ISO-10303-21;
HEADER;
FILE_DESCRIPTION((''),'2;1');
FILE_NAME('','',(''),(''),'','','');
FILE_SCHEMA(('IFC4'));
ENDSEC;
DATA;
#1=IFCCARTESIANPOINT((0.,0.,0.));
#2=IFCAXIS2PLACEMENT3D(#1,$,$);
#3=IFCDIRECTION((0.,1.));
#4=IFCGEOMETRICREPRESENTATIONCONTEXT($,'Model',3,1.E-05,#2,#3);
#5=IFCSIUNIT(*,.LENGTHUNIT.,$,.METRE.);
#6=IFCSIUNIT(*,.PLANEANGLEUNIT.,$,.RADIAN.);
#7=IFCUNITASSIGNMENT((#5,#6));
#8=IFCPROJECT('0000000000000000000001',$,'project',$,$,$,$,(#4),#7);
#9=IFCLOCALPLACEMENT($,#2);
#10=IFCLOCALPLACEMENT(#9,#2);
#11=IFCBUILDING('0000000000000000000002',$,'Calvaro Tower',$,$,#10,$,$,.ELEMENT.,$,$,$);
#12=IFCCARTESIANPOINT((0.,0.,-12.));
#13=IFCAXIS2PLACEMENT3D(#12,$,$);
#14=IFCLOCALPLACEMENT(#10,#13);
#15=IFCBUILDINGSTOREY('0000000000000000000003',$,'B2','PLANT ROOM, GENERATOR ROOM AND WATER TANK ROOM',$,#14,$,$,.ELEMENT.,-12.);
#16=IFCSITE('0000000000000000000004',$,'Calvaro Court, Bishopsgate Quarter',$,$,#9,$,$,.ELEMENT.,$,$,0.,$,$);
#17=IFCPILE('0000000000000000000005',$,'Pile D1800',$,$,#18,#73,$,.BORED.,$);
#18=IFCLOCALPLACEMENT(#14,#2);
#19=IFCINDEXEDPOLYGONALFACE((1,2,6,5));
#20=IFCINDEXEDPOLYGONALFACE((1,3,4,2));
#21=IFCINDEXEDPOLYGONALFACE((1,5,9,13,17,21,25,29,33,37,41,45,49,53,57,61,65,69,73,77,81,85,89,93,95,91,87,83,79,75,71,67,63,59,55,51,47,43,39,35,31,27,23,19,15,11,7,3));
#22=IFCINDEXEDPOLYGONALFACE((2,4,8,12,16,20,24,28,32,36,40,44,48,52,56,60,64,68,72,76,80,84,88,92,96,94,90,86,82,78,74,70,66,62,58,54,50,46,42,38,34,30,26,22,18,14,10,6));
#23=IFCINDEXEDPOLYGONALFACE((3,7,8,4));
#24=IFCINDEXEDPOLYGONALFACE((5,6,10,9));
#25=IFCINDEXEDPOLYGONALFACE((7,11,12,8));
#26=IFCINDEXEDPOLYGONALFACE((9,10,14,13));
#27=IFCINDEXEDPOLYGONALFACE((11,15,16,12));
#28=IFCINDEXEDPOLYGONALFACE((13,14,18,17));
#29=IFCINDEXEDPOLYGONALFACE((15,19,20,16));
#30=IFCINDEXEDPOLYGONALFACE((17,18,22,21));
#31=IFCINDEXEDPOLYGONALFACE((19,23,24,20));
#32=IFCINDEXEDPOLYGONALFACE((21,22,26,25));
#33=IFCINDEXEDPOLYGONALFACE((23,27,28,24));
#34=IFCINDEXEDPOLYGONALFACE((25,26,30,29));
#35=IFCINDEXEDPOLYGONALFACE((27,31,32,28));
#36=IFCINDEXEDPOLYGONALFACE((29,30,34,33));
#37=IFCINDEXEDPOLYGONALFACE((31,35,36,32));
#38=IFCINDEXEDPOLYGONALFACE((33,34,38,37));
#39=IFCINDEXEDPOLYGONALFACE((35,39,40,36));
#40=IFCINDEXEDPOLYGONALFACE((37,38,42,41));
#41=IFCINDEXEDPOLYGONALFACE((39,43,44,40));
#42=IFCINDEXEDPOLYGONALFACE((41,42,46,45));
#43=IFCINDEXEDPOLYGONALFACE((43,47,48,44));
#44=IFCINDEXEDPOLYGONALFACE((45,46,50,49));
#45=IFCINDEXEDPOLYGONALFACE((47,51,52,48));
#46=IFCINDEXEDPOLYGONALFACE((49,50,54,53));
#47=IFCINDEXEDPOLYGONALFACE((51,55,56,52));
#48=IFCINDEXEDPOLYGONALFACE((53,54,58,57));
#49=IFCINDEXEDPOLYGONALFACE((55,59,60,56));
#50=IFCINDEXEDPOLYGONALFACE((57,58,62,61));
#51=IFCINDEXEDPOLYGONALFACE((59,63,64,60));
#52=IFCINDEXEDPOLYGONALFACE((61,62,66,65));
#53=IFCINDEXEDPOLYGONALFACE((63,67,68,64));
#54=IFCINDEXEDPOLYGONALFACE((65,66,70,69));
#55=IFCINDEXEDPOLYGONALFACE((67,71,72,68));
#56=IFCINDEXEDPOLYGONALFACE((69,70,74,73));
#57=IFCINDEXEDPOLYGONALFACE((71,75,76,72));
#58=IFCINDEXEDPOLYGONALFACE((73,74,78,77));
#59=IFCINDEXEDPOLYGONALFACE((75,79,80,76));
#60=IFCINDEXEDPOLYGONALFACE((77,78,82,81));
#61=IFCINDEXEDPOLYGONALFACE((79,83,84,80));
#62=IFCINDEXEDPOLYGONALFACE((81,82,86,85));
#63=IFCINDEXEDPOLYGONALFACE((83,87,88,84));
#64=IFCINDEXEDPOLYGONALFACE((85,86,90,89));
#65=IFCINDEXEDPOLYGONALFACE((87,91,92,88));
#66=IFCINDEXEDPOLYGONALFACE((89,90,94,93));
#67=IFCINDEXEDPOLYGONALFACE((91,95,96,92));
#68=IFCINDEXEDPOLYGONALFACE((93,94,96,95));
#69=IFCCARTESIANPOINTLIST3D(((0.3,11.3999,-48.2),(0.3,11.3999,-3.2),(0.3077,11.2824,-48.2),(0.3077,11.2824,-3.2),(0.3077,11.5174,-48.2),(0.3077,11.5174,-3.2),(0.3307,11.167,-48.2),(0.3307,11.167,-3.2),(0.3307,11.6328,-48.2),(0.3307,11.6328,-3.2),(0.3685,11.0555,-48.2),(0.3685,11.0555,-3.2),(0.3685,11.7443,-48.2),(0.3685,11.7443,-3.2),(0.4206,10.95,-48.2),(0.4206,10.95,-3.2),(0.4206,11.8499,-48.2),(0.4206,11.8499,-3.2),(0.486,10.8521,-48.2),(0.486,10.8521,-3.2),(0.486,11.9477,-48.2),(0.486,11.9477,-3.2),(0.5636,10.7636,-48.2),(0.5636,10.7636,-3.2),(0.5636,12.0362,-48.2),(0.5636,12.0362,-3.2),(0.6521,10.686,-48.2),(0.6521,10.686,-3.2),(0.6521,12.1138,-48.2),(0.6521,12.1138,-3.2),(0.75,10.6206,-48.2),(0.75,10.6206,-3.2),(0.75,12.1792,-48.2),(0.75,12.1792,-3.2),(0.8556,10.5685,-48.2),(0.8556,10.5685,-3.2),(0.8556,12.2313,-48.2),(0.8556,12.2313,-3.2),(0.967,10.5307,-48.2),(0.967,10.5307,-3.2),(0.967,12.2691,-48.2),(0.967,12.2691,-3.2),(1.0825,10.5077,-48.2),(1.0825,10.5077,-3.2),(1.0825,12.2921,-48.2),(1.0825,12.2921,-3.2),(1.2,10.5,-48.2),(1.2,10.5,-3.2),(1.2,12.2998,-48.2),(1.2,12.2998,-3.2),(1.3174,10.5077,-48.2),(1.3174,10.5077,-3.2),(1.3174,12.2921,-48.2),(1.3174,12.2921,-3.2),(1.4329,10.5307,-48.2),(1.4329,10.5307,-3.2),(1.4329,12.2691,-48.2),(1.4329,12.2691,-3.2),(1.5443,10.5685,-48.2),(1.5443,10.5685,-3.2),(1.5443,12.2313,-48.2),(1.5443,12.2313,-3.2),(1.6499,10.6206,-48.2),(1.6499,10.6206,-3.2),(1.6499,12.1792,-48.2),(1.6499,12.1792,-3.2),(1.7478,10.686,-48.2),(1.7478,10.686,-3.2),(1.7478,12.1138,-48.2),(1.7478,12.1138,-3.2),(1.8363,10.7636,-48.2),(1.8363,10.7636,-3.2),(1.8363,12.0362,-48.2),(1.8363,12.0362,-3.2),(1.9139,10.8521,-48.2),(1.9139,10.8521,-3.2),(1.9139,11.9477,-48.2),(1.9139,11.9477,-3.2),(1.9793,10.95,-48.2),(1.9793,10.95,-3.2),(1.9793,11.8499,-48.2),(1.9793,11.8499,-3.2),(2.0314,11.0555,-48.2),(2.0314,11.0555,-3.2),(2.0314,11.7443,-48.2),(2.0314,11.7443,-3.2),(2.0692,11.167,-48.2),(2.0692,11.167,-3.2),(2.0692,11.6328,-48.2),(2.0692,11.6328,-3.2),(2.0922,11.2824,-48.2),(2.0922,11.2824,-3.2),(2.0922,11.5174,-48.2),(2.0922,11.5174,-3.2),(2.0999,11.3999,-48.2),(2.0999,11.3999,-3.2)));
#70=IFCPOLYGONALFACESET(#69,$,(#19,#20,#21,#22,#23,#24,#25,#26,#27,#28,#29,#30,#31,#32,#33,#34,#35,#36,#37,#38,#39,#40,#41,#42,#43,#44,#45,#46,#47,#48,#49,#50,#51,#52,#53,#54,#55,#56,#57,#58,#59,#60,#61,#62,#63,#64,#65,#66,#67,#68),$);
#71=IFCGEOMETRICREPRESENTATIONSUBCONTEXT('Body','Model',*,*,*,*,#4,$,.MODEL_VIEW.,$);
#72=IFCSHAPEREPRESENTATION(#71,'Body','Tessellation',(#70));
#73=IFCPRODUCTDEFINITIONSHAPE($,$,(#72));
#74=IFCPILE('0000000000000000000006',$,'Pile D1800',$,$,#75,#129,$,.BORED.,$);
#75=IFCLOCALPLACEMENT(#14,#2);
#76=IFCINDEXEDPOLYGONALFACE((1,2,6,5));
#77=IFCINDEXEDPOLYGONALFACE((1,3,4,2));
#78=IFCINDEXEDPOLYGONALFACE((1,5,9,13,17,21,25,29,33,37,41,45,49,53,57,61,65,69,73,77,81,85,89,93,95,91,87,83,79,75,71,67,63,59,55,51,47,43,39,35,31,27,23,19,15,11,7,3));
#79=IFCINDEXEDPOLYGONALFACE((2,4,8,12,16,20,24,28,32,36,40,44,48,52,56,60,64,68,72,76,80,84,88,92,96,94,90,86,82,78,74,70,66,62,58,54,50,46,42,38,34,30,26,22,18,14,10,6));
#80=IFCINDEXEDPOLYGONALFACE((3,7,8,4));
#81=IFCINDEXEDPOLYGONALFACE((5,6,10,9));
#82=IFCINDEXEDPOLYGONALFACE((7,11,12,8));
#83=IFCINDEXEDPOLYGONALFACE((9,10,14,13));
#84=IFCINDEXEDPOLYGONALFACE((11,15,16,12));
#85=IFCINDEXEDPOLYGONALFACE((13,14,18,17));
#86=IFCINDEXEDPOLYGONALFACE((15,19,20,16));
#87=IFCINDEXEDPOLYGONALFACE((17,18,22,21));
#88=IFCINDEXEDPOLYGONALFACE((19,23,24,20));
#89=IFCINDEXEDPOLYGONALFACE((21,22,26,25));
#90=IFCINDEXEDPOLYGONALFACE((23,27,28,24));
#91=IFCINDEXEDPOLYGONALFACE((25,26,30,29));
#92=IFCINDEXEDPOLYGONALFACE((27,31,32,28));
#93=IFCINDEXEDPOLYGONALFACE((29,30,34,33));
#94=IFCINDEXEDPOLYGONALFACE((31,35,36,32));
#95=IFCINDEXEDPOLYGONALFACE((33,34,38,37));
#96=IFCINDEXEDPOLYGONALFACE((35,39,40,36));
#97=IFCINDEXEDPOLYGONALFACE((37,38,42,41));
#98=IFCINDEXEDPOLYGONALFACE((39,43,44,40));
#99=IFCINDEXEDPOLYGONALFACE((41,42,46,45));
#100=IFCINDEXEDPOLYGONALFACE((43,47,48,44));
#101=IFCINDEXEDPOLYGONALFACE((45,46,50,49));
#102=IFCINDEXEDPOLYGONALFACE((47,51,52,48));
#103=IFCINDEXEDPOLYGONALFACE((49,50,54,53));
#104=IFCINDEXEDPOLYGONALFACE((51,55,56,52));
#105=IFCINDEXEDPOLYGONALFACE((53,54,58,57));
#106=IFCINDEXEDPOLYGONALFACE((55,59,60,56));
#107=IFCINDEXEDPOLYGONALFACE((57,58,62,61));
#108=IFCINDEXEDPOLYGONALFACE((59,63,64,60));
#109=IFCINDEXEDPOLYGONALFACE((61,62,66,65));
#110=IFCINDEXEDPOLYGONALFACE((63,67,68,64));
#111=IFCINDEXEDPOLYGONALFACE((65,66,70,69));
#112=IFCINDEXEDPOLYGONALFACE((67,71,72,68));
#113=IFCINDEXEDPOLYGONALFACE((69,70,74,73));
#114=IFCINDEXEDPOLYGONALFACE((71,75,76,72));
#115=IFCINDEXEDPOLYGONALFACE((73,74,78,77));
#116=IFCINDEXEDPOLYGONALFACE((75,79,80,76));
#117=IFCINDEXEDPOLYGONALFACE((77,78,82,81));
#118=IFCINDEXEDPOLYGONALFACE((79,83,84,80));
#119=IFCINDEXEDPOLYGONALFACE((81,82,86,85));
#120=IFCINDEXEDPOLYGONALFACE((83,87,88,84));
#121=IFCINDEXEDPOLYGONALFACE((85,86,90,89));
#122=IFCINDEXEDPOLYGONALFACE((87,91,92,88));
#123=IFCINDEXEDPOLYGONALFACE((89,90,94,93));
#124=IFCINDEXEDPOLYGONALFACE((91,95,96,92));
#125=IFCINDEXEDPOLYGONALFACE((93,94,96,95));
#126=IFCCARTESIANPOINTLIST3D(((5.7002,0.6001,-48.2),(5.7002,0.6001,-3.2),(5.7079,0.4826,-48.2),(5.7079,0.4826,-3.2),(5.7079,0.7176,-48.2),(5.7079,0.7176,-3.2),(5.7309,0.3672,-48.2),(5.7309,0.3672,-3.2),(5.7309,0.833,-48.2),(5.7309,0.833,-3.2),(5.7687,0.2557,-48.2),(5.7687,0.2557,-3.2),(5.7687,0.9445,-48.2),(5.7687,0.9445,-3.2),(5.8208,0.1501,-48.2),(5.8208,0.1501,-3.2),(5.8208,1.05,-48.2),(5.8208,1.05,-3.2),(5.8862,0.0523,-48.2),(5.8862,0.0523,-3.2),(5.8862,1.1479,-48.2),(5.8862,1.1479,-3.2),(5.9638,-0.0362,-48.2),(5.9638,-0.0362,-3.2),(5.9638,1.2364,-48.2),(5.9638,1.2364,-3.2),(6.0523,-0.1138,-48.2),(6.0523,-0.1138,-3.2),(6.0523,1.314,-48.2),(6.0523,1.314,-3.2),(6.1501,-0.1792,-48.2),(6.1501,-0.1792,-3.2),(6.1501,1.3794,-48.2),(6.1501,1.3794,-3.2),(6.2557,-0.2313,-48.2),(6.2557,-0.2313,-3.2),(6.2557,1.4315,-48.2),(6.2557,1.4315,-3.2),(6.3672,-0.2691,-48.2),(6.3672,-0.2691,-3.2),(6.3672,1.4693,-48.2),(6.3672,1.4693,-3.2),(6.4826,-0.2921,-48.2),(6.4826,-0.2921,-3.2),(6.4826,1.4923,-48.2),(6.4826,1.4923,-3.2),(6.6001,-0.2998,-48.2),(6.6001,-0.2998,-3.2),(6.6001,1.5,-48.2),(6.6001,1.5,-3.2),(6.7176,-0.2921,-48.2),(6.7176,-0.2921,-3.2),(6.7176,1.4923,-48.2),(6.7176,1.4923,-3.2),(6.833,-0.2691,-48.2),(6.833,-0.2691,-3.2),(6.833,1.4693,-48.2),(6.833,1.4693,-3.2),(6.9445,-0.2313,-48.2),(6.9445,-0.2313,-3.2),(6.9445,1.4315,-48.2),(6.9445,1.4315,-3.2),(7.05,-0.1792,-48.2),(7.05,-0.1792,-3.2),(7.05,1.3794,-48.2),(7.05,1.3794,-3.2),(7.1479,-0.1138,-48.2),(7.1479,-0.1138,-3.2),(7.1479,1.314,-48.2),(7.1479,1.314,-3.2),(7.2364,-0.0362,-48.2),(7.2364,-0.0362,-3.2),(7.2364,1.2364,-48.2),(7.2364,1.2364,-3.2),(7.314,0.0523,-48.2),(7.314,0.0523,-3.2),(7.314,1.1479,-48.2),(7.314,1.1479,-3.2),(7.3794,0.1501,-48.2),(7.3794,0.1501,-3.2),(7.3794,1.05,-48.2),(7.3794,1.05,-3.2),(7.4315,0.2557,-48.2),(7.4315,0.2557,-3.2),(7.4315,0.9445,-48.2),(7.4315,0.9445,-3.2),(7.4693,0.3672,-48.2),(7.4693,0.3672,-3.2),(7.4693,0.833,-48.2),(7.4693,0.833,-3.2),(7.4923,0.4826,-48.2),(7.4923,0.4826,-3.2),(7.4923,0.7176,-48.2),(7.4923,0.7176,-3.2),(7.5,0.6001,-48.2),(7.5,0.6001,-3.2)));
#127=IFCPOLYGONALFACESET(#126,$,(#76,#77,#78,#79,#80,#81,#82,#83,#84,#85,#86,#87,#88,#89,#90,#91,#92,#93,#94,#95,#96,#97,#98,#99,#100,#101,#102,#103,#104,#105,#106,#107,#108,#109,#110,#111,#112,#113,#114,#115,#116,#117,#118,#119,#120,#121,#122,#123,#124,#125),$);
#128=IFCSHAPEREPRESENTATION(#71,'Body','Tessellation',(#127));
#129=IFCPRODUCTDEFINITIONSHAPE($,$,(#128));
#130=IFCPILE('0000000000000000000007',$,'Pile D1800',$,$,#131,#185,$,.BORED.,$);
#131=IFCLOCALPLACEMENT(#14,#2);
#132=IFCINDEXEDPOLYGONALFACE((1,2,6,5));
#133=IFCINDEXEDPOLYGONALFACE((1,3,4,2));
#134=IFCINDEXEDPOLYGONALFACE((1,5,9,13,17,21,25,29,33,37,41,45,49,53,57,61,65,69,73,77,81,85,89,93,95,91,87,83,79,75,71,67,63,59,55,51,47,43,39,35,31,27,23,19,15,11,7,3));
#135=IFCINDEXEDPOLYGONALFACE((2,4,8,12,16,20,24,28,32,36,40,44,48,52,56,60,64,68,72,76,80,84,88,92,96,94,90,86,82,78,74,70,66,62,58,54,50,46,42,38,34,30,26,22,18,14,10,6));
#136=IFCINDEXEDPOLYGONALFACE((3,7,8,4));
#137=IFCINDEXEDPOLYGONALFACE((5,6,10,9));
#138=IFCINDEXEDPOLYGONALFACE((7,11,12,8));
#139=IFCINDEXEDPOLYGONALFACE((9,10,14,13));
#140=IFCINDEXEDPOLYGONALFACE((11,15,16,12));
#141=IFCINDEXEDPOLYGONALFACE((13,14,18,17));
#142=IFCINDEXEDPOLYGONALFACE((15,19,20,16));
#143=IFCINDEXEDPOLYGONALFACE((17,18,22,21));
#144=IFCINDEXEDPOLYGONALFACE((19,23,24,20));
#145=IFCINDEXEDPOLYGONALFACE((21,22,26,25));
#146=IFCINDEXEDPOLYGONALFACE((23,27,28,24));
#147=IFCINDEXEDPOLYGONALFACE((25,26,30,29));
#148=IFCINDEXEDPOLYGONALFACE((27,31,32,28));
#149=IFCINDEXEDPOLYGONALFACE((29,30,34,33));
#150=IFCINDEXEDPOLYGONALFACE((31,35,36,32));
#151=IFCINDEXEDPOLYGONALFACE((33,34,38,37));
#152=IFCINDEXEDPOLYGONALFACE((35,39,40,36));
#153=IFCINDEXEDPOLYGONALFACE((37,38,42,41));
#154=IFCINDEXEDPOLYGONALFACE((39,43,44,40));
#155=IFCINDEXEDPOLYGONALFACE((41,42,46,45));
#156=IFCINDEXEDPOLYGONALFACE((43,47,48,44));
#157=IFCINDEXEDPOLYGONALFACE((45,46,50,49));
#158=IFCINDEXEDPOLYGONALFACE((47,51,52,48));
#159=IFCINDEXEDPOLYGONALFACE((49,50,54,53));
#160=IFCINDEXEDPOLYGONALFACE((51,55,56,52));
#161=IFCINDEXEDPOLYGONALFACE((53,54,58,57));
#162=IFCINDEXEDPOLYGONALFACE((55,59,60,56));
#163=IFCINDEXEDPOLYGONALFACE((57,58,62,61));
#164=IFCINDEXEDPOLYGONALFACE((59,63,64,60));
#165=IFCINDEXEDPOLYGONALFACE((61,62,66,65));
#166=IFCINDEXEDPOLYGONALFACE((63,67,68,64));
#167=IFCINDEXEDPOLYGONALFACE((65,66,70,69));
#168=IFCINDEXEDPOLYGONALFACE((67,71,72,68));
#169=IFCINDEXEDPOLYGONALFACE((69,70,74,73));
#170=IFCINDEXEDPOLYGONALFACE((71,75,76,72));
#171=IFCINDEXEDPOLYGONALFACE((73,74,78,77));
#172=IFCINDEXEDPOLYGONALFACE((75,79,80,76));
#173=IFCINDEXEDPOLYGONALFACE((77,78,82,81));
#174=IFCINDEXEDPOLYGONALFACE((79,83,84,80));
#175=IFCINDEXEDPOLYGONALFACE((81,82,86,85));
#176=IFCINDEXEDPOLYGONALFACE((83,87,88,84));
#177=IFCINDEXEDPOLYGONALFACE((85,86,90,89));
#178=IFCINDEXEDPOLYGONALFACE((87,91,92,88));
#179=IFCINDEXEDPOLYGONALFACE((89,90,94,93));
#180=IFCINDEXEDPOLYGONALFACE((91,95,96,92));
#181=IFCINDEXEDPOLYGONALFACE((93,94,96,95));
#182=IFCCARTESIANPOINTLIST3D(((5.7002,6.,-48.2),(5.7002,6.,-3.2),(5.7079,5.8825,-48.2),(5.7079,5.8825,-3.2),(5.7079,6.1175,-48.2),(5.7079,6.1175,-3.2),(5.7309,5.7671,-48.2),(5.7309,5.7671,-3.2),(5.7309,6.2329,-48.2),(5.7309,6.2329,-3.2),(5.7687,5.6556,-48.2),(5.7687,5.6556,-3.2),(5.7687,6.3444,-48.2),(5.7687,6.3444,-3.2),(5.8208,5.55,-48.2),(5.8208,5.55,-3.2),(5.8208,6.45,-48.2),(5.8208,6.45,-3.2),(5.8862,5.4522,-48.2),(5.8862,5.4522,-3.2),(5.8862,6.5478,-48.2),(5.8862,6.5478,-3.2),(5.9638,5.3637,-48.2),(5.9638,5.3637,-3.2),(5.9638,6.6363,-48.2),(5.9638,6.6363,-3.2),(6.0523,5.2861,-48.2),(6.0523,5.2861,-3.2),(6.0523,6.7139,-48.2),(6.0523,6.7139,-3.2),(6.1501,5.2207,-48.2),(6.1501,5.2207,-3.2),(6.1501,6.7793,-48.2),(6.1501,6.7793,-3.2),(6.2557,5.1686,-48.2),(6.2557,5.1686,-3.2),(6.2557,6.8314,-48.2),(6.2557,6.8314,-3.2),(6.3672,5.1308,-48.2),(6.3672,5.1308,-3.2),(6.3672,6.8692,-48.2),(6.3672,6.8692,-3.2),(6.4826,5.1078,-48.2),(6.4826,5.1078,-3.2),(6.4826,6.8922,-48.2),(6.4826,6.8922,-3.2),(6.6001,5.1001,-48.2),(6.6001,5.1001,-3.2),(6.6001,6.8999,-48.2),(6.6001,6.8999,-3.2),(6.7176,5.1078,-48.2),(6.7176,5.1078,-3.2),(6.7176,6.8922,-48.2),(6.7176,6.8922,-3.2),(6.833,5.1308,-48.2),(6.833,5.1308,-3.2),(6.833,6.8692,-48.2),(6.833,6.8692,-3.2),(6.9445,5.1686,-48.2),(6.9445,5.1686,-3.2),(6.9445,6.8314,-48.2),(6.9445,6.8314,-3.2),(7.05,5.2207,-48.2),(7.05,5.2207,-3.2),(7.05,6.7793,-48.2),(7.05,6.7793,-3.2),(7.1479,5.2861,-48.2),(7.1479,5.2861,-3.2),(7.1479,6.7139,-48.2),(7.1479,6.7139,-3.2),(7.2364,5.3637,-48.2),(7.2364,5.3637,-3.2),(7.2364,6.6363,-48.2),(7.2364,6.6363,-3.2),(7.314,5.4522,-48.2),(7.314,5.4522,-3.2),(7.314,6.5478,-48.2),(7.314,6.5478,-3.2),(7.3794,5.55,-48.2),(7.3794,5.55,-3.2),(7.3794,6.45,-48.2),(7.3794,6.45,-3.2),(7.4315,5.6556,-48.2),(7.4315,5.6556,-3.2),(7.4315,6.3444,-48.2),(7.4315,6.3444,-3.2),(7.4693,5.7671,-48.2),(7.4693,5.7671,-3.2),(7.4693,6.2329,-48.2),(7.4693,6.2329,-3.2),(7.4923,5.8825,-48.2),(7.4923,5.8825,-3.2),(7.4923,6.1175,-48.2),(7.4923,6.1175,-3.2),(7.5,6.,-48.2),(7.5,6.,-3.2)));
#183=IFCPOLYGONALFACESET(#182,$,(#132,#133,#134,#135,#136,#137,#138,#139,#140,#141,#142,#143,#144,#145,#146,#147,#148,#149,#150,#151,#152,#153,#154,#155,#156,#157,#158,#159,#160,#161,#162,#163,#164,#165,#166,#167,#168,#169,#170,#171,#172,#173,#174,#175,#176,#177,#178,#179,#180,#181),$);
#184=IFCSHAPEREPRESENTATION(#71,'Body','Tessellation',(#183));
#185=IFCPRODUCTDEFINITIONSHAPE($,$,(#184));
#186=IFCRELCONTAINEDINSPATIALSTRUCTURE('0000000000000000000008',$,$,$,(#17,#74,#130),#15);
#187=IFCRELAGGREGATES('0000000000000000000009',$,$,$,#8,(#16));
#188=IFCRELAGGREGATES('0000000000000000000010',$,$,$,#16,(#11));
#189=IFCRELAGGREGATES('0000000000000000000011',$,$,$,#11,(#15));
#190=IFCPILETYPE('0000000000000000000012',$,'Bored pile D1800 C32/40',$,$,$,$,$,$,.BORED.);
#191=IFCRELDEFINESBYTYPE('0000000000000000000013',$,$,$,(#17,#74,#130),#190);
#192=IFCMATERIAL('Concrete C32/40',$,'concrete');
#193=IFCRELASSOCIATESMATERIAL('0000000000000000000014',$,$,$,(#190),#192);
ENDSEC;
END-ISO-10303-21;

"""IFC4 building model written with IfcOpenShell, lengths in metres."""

from ifc_helpers import new_model, si_unit, direction, frame, origin, origin_2d, place, context, subcontext, project, spatial, circle, extrude, material, material_profile, profile_set, type_object, element, save


model = new_model("IFC4")

# Units and contexts
model_context = context("Model", 3, precision=1e-05, world=origin(), true_north=direction((0.0, 1.0)))
body_context = subcontext(model_context, "Body", "Model", "MODEL_VIEW")
ifc_project = project(units=[si_unit("LENGTHUNIT", "METRE"), si_unit("PLANEANGLEUNIT", "RADIAN")], contexts=[model_context])

# Site, building, storey
site_placement = place(None, origin())
site = spatial("IfcSite", under=ifc_project, at=site_placement, Name="Calvaro Court, Bishopsgate Quarter", CompositionType="ELEMENT", RefElevation=0.0)
building_placement = place(site_placement, origin())
building = spatial("IfcBuilding", under=site, at=building_placement, Name="Calvaro Tower", CompositionType="ELEMENT")
storey_placement = place(building_placement, frame((0.0, 0.0, -12.0)))
storey = spatial("IfcBuildingStorey", under=building, at=storey_placement, Name="B2", Description="PLANT ROOM, GENERATOR ROOM AND WATER TANK ROOM", CompositionType="ELEMENT", Elevation=-12.0)

# Piles
ifc_material_1 = material(Name="Concrete C32/40", Category="concrete")
ifc_material_profile_1 = material_profile(ifc_material_1, circle(Radius=0.8999, at=origin_2d()), Name="Bored pile D1800")
ifc_profile_set_1 = profile_set([ifc_material_profile_1], Name="Concrete C32/40")
pile_type = type_object("IfcPileType", Name="Bored pile D1800 C32/40", PredefinedType="BORED", material=ifc_profile_set_1)
for number, where, z_axis, x_axis, name in (
    (1, (1.2, 11.3999, -3.2), (0.0, 0.0, -1.0), (1.0, 0.0, 0.0), "Pile D1800"),
    (2, (6.6001, 0.6001, -3.2), (0.0, 0.0, -1.0), (1.0, 0.0, 0.0), "Pile D1800"),
    (3, (6.6001, 6.0, -3.2), (0.0, 0.0, -1.0), (1.0, 0.0, 0.0), "Pile D1800"),
):
    element("IfcPile", number, at=place(storey_placement, frame(where, z_axis=z_axis, x_axis=x_axis)), inside=storey, type_object=pile_type, Name=name, PredefinedType="BORED", context=body_context, shape_type="SweptSolid", body=[
        extrude(circle(Radius=0.8999, at=origin_2d()), origin(), (0.0, 0.0, 1.0), 45.0),
    ])

save(model, "model.ifc")
